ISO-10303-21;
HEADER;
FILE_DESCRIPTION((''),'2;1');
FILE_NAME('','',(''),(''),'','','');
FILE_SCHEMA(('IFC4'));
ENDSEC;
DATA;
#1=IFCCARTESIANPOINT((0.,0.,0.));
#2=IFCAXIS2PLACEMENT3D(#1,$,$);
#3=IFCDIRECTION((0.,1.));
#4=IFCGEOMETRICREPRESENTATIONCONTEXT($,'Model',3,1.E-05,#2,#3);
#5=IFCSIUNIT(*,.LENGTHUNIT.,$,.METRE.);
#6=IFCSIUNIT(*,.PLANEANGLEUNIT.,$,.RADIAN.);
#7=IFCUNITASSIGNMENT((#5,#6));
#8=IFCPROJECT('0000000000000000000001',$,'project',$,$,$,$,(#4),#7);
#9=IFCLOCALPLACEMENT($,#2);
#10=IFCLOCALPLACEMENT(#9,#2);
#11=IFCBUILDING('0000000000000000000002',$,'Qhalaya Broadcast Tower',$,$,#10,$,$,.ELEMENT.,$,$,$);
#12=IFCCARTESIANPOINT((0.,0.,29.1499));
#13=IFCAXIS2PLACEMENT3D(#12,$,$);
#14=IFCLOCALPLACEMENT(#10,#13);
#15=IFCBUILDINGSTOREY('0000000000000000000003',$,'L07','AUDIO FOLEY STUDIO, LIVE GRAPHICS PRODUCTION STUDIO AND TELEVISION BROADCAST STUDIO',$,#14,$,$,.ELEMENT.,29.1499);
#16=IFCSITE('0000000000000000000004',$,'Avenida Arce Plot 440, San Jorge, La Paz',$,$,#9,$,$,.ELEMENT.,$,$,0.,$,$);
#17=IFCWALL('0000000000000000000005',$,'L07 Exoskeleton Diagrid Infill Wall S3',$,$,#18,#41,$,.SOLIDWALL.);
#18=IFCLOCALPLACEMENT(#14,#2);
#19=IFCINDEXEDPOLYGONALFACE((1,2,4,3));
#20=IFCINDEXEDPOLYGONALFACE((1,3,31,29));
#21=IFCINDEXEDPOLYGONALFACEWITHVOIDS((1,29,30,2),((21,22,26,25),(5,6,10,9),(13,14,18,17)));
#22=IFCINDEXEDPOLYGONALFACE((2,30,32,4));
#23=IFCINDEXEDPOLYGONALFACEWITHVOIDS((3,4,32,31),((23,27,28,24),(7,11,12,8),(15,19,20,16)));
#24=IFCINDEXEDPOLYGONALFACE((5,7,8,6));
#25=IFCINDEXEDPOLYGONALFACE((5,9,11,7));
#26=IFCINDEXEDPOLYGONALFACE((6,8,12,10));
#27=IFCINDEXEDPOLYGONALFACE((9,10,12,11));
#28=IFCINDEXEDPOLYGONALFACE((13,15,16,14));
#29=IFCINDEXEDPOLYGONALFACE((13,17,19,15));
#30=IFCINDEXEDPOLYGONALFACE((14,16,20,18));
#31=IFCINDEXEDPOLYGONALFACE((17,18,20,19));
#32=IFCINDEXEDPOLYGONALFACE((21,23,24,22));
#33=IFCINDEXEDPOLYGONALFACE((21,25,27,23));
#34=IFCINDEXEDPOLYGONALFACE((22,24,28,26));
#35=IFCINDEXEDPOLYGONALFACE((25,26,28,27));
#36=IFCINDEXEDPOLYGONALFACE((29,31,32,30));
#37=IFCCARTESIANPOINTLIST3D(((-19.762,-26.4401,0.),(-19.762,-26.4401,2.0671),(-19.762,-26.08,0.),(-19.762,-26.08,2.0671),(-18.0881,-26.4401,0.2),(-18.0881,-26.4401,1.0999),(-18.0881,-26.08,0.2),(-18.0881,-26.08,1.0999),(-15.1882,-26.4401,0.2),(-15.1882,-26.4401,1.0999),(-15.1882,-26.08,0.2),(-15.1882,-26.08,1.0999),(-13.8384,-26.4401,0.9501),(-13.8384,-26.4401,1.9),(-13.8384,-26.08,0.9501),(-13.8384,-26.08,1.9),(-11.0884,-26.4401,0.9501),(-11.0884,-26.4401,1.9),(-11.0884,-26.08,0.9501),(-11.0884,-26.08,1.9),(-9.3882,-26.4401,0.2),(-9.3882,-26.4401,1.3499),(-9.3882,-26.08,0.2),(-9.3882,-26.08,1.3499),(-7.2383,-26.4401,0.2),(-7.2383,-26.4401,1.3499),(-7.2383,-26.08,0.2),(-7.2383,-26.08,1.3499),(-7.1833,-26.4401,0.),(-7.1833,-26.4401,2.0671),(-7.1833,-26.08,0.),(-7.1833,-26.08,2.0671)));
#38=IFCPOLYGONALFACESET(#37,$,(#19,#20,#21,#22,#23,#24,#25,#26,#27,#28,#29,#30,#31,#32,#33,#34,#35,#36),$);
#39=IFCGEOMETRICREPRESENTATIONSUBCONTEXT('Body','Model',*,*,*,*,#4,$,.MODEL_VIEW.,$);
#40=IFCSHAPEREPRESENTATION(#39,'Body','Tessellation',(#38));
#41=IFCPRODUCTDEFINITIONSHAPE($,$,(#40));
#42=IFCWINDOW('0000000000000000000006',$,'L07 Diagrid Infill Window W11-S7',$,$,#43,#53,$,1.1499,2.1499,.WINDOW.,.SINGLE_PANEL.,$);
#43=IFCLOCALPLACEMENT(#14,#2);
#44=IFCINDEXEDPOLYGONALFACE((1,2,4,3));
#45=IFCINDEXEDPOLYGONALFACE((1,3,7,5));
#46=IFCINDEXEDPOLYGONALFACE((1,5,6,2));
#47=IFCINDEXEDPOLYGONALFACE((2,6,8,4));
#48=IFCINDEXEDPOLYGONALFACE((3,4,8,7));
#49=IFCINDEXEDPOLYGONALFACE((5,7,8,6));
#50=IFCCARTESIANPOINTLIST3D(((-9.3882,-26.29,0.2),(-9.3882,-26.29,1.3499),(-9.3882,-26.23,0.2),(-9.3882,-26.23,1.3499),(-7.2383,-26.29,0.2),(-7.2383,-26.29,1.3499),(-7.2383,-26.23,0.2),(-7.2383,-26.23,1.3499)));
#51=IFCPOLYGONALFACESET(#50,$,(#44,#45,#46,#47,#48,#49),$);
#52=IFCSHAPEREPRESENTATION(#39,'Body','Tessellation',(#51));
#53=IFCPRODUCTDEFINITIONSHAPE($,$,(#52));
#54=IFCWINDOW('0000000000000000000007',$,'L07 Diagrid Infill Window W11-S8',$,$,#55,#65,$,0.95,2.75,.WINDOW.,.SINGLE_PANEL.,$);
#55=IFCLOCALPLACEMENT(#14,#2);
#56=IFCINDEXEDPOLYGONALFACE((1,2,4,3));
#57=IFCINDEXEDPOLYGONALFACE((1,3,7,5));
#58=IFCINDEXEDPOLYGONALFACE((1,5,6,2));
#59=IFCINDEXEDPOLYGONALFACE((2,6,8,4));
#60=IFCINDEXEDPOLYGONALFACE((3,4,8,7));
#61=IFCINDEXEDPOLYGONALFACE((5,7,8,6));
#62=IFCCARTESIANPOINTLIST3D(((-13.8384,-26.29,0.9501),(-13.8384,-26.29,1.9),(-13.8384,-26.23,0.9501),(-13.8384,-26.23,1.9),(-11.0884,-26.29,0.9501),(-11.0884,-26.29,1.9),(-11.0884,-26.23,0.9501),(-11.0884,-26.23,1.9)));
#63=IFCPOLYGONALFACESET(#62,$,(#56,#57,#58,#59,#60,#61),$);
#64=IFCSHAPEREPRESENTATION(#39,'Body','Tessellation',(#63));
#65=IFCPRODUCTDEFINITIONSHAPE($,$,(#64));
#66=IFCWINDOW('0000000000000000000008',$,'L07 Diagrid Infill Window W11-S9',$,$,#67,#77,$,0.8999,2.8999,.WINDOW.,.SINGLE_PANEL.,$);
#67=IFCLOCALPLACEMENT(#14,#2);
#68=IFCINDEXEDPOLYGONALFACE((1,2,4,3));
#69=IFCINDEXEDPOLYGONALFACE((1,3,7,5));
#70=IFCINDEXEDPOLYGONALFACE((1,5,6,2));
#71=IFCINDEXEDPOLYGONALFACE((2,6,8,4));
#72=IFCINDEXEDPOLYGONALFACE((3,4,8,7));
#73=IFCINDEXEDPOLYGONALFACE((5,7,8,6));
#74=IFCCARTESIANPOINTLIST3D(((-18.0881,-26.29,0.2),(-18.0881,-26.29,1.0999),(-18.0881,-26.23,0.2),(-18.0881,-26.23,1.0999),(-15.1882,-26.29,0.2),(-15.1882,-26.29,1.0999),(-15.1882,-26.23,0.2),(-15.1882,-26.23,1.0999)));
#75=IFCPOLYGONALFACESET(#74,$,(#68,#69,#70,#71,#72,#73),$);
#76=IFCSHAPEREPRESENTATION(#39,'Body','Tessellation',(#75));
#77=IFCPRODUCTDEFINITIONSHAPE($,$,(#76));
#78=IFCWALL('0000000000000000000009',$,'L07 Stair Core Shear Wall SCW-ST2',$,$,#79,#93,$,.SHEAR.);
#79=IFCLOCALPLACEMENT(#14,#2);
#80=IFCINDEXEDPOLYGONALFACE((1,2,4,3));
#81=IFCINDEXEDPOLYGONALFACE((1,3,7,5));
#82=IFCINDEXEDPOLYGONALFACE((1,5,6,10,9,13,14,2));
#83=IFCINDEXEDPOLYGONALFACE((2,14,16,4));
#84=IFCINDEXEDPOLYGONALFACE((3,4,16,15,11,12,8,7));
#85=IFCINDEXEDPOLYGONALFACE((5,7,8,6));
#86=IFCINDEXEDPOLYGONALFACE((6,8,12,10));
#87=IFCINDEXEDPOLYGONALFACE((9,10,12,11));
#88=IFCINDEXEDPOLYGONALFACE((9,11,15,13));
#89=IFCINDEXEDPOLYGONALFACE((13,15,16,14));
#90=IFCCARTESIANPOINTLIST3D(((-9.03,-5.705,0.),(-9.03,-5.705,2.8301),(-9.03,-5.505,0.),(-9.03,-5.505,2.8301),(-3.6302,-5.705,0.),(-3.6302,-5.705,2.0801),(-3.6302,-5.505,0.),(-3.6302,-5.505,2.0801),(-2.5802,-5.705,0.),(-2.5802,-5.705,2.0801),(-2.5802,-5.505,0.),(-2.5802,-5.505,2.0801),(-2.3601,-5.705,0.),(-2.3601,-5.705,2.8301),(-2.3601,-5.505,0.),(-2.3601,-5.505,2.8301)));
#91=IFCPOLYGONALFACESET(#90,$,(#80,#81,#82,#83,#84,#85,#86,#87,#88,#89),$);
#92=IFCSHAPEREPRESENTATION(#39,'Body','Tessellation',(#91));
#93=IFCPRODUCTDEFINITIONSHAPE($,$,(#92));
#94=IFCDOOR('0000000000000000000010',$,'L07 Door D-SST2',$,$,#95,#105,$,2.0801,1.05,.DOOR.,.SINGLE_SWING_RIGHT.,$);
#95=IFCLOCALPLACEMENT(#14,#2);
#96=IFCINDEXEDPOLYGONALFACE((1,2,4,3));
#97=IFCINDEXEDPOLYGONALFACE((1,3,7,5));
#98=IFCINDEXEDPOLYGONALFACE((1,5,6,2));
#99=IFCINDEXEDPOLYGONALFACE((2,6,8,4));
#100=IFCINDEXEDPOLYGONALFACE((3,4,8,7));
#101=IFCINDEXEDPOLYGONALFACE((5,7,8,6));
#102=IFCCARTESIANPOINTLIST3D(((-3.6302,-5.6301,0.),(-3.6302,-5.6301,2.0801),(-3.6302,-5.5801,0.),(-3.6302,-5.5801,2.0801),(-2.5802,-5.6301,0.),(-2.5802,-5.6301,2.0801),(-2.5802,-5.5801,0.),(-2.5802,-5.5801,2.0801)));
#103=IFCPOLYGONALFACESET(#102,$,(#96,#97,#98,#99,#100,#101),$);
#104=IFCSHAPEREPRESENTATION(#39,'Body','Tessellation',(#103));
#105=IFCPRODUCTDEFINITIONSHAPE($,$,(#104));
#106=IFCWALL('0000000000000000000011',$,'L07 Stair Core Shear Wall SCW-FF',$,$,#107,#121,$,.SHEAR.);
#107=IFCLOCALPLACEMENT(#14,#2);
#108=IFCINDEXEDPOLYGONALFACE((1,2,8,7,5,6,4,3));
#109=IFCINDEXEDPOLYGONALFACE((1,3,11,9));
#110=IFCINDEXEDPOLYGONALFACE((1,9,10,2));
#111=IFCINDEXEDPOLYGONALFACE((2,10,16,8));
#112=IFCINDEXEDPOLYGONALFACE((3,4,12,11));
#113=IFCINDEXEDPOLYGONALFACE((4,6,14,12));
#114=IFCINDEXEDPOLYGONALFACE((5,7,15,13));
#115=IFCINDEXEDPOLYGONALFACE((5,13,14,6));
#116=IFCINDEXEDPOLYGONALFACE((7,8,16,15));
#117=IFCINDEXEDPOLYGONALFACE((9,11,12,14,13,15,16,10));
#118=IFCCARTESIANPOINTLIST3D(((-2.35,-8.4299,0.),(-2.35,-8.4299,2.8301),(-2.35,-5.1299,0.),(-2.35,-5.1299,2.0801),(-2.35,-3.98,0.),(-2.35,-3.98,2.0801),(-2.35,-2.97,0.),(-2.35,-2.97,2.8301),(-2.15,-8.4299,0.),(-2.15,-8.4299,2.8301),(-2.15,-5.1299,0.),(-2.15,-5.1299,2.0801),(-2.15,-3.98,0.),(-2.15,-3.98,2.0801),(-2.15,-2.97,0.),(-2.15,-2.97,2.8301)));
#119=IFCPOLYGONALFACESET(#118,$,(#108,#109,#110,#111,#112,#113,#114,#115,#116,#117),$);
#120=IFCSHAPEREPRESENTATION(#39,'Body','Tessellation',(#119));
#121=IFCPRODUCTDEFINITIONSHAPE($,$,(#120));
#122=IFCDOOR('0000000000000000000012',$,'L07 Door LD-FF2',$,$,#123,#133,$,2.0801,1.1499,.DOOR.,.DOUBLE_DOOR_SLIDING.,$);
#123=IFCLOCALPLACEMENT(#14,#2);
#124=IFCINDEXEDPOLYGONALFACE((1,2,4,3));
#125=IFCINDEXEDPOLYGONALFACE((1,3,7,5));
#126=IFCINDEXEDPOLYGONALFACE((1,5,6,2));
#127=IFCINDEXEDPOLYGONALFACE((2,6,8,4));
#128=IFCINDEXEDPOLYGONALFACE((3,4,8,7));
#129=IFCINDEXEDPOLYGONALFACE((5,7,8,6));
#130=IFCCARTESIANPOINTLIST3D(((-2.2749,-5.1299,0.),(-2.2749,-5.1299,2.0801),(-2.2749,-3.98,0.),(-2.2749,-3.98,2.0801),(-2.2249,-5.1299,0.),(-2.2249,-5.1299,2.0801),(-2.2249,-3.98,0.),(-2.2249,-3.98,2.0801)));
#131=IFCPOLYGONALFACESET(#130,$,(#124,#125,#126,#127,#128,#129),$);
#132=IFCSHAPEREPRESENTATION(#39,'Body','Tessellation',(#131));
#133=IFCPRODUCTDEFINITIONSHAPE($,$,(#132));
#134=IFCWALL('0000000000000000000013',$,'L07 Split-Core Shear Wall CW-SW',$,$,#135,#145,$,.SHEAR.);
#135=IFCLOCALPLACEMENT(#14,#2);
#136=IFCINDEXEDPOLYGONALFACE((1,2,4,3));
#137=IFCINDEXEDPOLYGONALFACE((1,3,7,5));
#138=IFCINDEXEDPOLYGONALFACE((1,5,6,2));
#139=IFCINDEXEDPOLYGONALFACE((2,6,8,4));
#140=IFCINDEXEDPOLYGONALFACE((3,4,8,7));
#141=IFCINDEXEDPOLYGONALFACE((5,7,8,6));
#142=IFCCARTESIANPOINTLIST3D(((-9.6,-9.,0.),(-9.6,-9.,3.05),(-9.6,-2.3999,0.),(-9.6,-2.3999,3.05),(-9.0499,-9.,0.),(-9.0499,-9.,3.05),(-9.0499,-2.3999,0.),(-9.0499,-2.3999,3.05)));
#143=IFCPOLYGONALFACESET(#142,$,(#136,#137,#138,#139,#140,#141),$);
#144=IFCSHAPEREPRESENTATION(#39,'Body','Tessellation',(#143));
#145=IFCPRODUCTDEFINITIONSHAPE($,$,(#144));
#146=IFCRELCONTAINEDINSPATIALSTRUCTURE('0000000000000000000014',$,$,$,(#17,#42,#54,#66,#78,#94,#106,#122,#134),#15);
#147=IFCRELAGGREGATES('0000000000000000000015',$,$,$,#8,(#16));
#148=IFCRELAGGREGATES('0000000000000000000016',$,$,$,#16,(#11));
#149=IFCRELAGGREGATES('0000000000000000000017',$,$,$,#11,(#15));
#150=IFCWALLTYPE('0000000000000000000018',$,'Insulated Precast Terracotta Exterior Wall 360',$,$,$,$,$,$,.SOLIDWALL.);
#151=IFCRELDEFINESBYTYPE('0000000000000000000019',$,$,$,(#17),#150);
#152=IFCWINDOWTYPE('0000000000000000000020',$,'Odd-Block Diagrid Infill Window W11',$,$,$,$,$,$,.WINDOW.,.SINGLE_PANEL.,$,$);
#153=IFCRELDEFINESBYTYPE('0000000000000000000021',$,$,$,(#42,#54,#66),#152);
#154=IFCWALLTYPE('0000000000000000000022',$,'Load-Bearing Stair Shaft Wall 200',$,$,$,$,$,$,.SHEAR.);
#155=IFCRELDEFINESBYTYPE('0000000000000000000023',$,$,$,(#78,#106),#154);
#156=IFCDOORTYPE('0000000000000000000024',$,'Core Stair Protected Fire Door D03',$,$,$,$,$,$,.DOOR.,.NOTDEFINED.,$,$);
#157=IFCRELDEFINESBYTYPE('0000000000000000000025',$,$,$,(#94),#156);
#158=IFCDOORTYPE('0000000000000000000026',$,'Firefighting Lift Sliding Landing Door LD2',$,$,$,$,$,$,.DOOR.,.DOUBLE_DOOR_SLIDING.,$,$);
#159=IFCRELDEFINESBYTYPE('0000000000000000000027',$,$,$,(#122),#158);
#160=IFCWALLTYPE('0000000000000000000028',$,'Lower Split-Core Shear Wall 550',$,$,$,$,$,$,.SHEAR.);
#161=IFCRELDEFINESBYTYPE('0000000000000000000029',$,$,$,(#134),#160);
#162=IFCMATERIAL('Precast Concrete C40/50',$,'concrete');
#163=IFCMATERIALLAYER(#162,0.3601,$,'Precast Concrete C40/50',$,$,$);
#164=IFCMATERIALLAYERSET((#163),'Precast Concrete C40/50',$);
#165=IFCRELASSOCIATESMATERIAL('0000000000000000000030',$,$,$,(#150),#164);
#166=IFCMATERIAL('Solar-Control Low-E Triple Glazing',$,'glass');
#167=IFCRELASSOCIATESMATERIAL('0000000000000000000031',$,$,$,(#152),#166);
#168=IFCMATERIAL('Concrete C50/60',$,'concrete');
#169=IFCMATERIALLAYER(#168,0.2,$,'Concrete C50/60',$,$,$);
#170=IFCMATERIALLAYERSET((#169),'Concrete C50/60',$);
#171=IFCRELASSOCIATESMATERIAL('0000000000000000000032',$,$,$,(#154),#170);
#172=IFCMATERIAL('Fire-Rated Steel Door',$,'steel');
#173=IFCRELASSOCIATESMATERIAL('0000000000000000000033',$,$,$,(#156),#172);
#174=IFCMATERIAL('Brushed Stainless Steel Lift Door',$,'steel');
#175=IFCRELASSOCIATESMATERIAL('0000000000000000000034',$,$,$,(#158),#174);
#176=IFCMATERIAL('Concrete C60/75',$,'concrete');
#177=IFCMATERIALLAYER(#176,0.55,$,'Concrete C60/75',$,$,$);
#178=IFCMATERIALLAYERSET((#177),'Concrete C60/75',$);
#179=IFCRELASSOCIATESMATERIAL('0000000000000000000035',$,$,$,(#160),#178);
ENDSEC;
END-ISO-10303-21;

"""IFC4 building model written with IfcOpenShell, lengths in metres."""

from ifc_helpers import new_model, si_unit, direction, frame, frame_2d, origin, place, context, subcontext, project, spatial, rectangle, extrude, material, layer, layer_set, type_object, element, fill, save


model = new_model("IFC4")

# Units and contexts
model_context = context("Model", 3, precision=1e-05, world=origin(), true_north=direction((0.0, 1.0)))
body_context = subcontext(model_context, "Body", "Model", "MODEL_VIEW")
ifc_project = project(units=[si_unit("LENGTHUNIT", "METRE"), si_unit("PLANEANGLEUNIT", "RADIAN")], contexts=[model_context])

# Site, building, storey
site_placement = place(None, origin())
site = spatial("IfcSite", under=ifc_project, at=site_placement, Name="Avenida Arce Plot 440, San Jorge, La Paz", CompositionType="ELEMENT", RefElevation=0.0)
building_placement = place(site_placement, origin())
building = spatial("IfcBuilding", under=site, at=building_placement, Name="Qhalaya Broadcast Tower", CompositionType="ELEMENT")
storey_placement = place(building_placement, frame((0.0, 0.0, 29.1499)))
storey = spatial("IfcBuildingStorey", under=building, at=storey_placement, Name="L07", Description="AUDIO FOLEY STUDIO, LIVE GRAPHICS PRODUCTION STUDIO AND TELEVISION BROADCAST STUDIO", CompositionType="ELEMENT", Elevation=29.1499)

# Shared definitions
ifc_material_1 = material(Name="Concrete C50/60", Category="concrete")

# Wall, openings, windows
ifc_material_2 = material(Name="Precast Concrete C40/50", Category="concrete")
ifc_layer_1 = layer(ifc_material_2, 0.3601, Name="Precast Concrete C40/50")
ifc_layer_set_1 = layer_set([ifc_layer_1], Name="Precast Concrete C40/50")
wall_type_1 = type_object("IfcWallType", Name="Insulated Precast Terracotta Exterior Wall 360", PredefinedType="SOLIDWALL", material=ifc_layer_set_1)
wall_1_placement = place(storey_placement, frame((-7.1833, -26.26, 0.0), z_axis=(0.0, 0.0, 1.0), x_axis=(-1.0, 0.0, 0.0)))
wall_1 = element("IfcWall", 1, at=wall_1_placement, inside=storey, type_object=wall_type_1, Name="L07 Exoskeleton Diagrid Infill Wall S3", PredefinedType="SOLIDWALL", context=body_context, shape_type="SweptSolid", body=[
    extrude(rectangle(XDim=12.5786, YDim=0.3601, at=frame_2d((6.2893, 0.0))), origin(), (0.0, 0.0, 1.0), 2.0671),
])
opening_1_placement = place(wall_1_placement, frame((0.0549, 0.0, 0.2)))
opening_1 = element("IfcOpeningElement", 2, at=opening_1_placement, cuts=wall_1, PredefinedType="OPENING", context=body_context, shape_type="SweptSolid", body=[
    extrude(rectangle(XDim=2.1499, YDim=1.1499, at=frame_2d((1.075, 0.575))), frame((0.0, 0.1921, 0.0), z_axis=(0.0, -1.0, 0.0), x_axis=(1.0, 0.0, 0.0)), (0.0, 0.0, 1.0), 0.384),
])
opening_2_placement = place(wall_1_placement, frame((3.905, 0.0, 0.95)))
opening_2 = element("IfcOpeningElement", 3, at=opening_2_placement, cuts=wall_1, PredefinedType="OPENING", context=body_context, shape_type="SweptSolid", body=[
    extrude(rectangle(XDim=2.75, YDim=0.95, at=frame_2d((1.375, 0.4751))), frame((0.0, 0.1921, 0.0), z_axis=(0.0, -1.0, 0.0), x_axis=(1.0, 0.0, 0.0)), (0.0, 0.0, 1.0), 0.384),
])
opening_3_placement = place(wall_1_placement, frame((8.0049, 0.0, 0.2)))
opening_3 = element("IfcOpeningElement", 4, at=opening_3_placement, cuts=wall_1, PredefinedType="OPENING", context=body_context, shape_type="SweptSolid", body=[
    extrude(rectangle(XDim=2.8999, YDim=0.8999, at=frame_2d((1.45, 0.45))), frame((0.0, 0.1921, 0.0), z_axis=(0.0, -1.0, 0.0), x_axis=(1.0, 0.0, 0.0)), (0.0, 0.0, 1.0), 0.384),
])
ifc_material_3 = material(Name="Solar-Control Low-E Triple Glazing", Category="glass")
window_type = type_object("IfcWindowType", Name="Odd-Block Diagrid Infill Window W11", PartitioningType="SINGLE_PANEL", PredefinedType="WINDOW", material=ifc_material_3)
window_1_placement = place(opening_1_placement, origin())
window_1 = element("IfcWindow", 5, at=window_1_placement, inside=storey, type_object=window_type, Name="L07 Diagrid Infill Window W11-S7", OverallHeight=1.1499, OverallWidth=2.1499, PartitioningType="SINGLE_PANEL", PredefinedType="WINDOW", context=body_context, shape_type="SweptSolid", body=[
    extrude(rectangle(XDim=2.1499, YDim=1.1499, at=frame_2d((1.075, 0.575))), frame((0.0, 0.03, 0.0), z_axis=(0.0, -1.0, 0.0), x_axis=(1.0, 0.0, 0.0)), (0.0, 0.0, 1.0), 0.0601),
])
fill(opening_1, window_1)
window_2_placement = place(opening_2_placement, origin())
window_2 = element("IfcWindow", 6, at=window_2_placement, inside=storey, type_object=window_type, Name="L07 Diagrid Infill Window W11-S8", OverallHeight=0.95, OverallWidth=2.75, PartitioningType="SINGLE_PANEL", PredefinedType="WINDOW", context=body_context, shape_type="SweptSolid", body=[
    extrude(rectangle(XDim=2.75, YDim=0.95, at=frame_2d((1.375, 0.4751))), frame((0.0, 0.03, 0.0), z_axis=(0.0, -1.0, 0.0), x_axis=(1.0, 0.0, 0.0)), (0.0, 0.0, 1.0), 0.0601),
])
fill(opening_2, window_2)
window_3_placement = place(opening_3_placement, origin())
window_3 = element("IfcWindow", 7, at=window_3_placement, inside=storey, type_object=window_type, Name="L07 Diagrid Infill Window W11-S9", OverallHeight=0.8999, OverallWidth=2.8999, PartitioningType="SINGLE_PANEL", PredefinedType="WINDOW", context=body_context, shape_type="SweptSolid", body=[
    extrude(rectangle(XDim=2.8999, YDim=0.8999, at=frame_2d((1.45, 0.45))), frame((0.0, 0.03, 0.0), z_axis=(0.0, -1.0, 0.0), x_axis=(1.0, 0.0, 0.0)), (0.0, 0.0, 1.0), 0.0601),
])
fill(opening_3, window_3)

# Walls, openings, doors
ifc_layer_2 = layer(ifc_material_1, 0.2, Name="Concrete C50/60")
ifc_layer_set_2 = layer_set([ifc_layer_2], Name="Concrete C50/60")
wall_type_2 = type_object("IfcWallType", Name="Load-Bearing Stair Shaft Wall 200", PredefinedType="SHEAR", material=ifc_layer_set_2)
wall_2_placement = place(storey_placement, frame((-9.03, -5.605, 0.0), z_axis=(0.0, 0.0, 1.0), x_axis=(1.0, 0.0, 0.0)))
wall_2 = element("IfcWall", 8, at=wall_2_placement, inside=storey, type_object=wall_type_2, Name="L07 Stair Core Shear Wall SCW-ST2", PredefinedType="SHEAR", context=body_context, shape_type="SweptSolid", body=[
    extrude(rectangle(XDim=6.6699, YDim=0.2, at=frame_2d((3.335, 0.0))), origin(), (0.0, 0.0, 1.0), 2.8301),
])
opening_4_placement = place(wall_2_placement, frame((5.3999, 0.0, 0.0)))
opening_4 = element("IfcOpeningElement", 9, at=opening_4_placement, cuts=wall_2, PredefinedType="OPENING", context=body_context, shape_type="SweptSolid", body=[
    extrude(rectangle(XDim=1.05, YDim=2.0801, at=frame_2d((0.5249, 1.04))), frame((0.0, 0.1121, 0.0), z_axis=(0.0, -1.0, 0.0), x_axis=(1.0, 0.0, 0.0)), (0.0, 0.0, 1.0), 0.2239),
])
ifc_material_4 = material(Name="Fire-Rated Steel Door", Category="steel")
door_type_1 = type_object("IfcDoorType", Name="Core Stair Protected Fire Door D03", OperationType="NOTDEFINED", PredefinedType="DOOR", material=ifc_material_4)
door_1_placement = place(opening_4_placement, origin())
door_1 = element("IfcDoor", 10, at=door_1_placement, inside=storey, type_object=door_type_1, Name="L07 Door D-SST2", OperationType="SINGLE_SWING_RIGHT", OverallHeight=2.0801, OverallWidth=1.05, PredefinedType="DOOR", context=body_context, shape_type="SweptSolid", body=[
    extrude(rectangle(XDim=1.05, YDim=2.0801, at=frame_2d((0.5249, 1.04))), frame((0.0, 0.0249, 0.0), z_axis=(0.0, -1.0, 0.0), x_axis=(1.0, 0.0, 0.0)), (0.0, 0.0, 1.0), 0.05),
])
fill(opening_4, door_1)
wall_3_placement = place(storey_placement, frame((-2.25, -8.4299, 0.0), z_axis=(0.0, 0.0, 1.0), x_axis=(0.0, 1.0, 0.0)))
wall_3 = element("IfcWall", 11, at=wall_3_placement, inside=storey, type_object=wall_type_2, Name="L07 Stair Core Shear Wall SCW-FF", PredefinedType="SHEAR", context=body_context, shape_type="SweptSolid", body=[
    extrude(rectangle(XDim=5.46, YDim=0.2, at=frame_2d((2.73, 0.0))), origin(), (0.0, 0.0, 1.0), 2.8301),
])
opening_5_placement = place(wall_3_placement, frame((3.3, 0.0, 0.0)))
opening_5 = element("IfcOpeningElement", 12, at=opening_5_placement, cuts=wall_3, PredefinedType="OPENING", context=body_context, shape_type="SweptSolid", body=[
    extrude(rectangle(XDim=1.1499, YDim=2.0801, at=frame_2d((0.575, 1.04))), frame((0.0, 0.1121, 0.0), z_axis=(0.0, -1.0, 0.0), x_axis=(1.0, 0.0, 0.0)), (0.0, 0.0, 1.0), 0.2239),
])
ifc_material_5 = material(Name="Brushed Stainless Steel Lift Door", Category="steel")
door_type_2 = type_object("IfcDoorType", Name="Firefighting Lift Sliding Landing Door LD2", OperationType="DOUBLE_DOOR_SLIDING", PredefinedType="DOOR", material=ifc_material_5)
door_2_placement = place(opening_5_placement, origin())
door_2 = element("IfcDoor", 13, at=door_2_placement, inside=storey, type_object=door_type_2, Name="L07 Door LD-FF2", OperationType="DOUBLE_DOOR_SLIDING", OverallHeight=2.0801, OverallWidth=1.1499, PredefinedType="DOOR", context=body_context, shape_type="SweptSolid", body=[
    extrude(rectangle(XDim=1.1499, YDim=2.0801, at=frame_2d((0.575, 1.04))), frame((0.0, 0.0249, 0.0), z_axis=(0.0, -1.0, 0.0), x_axis=(1.0, 0.0, 0.0)), (0.0, 0.0, 1.0), 0.05),
])
fill(opening_5, door_2)

# Wall
ifc_material_6 = material(Name="Concrete C60/75", Category="concrete")
ifc_layer_3 = layer(ifc_material_6, 0.55, Name="Concrete C60/75")
ifc_layer_set_3 = layer_set([ifc_layer_3], Name="Concrete C60/75")
wall_type_3 = type_object("IfcWallType", Name="Lower Split-Core Shear Wall 550", PredefinedType="SHEAR", material=ifc_layer_set_3)
wall_4_placement = place(storey_placement, frame((-9.325, -9.0, 0.0), z_axis=(0.0, 0.0, 1.0), x_axis=(0.0, 1.0, 0.0)))
element("IfcWall", 14, at=wall_4_placement, inside=storey, type_object=wall_type_3, Name="L07 Split-Core Shear Wall CW-SW", PredefinedType="SHEAR", context=body_context, shape_type="SweptSolid", body=[
    extrude(rectangle(XDim=6.6001, YDim=0.55, at=frame_2d((3.3, 0.0))), origin(), (0.0, 0.0, 1.0), 3.05),
])

save(model, "model.ifc")
